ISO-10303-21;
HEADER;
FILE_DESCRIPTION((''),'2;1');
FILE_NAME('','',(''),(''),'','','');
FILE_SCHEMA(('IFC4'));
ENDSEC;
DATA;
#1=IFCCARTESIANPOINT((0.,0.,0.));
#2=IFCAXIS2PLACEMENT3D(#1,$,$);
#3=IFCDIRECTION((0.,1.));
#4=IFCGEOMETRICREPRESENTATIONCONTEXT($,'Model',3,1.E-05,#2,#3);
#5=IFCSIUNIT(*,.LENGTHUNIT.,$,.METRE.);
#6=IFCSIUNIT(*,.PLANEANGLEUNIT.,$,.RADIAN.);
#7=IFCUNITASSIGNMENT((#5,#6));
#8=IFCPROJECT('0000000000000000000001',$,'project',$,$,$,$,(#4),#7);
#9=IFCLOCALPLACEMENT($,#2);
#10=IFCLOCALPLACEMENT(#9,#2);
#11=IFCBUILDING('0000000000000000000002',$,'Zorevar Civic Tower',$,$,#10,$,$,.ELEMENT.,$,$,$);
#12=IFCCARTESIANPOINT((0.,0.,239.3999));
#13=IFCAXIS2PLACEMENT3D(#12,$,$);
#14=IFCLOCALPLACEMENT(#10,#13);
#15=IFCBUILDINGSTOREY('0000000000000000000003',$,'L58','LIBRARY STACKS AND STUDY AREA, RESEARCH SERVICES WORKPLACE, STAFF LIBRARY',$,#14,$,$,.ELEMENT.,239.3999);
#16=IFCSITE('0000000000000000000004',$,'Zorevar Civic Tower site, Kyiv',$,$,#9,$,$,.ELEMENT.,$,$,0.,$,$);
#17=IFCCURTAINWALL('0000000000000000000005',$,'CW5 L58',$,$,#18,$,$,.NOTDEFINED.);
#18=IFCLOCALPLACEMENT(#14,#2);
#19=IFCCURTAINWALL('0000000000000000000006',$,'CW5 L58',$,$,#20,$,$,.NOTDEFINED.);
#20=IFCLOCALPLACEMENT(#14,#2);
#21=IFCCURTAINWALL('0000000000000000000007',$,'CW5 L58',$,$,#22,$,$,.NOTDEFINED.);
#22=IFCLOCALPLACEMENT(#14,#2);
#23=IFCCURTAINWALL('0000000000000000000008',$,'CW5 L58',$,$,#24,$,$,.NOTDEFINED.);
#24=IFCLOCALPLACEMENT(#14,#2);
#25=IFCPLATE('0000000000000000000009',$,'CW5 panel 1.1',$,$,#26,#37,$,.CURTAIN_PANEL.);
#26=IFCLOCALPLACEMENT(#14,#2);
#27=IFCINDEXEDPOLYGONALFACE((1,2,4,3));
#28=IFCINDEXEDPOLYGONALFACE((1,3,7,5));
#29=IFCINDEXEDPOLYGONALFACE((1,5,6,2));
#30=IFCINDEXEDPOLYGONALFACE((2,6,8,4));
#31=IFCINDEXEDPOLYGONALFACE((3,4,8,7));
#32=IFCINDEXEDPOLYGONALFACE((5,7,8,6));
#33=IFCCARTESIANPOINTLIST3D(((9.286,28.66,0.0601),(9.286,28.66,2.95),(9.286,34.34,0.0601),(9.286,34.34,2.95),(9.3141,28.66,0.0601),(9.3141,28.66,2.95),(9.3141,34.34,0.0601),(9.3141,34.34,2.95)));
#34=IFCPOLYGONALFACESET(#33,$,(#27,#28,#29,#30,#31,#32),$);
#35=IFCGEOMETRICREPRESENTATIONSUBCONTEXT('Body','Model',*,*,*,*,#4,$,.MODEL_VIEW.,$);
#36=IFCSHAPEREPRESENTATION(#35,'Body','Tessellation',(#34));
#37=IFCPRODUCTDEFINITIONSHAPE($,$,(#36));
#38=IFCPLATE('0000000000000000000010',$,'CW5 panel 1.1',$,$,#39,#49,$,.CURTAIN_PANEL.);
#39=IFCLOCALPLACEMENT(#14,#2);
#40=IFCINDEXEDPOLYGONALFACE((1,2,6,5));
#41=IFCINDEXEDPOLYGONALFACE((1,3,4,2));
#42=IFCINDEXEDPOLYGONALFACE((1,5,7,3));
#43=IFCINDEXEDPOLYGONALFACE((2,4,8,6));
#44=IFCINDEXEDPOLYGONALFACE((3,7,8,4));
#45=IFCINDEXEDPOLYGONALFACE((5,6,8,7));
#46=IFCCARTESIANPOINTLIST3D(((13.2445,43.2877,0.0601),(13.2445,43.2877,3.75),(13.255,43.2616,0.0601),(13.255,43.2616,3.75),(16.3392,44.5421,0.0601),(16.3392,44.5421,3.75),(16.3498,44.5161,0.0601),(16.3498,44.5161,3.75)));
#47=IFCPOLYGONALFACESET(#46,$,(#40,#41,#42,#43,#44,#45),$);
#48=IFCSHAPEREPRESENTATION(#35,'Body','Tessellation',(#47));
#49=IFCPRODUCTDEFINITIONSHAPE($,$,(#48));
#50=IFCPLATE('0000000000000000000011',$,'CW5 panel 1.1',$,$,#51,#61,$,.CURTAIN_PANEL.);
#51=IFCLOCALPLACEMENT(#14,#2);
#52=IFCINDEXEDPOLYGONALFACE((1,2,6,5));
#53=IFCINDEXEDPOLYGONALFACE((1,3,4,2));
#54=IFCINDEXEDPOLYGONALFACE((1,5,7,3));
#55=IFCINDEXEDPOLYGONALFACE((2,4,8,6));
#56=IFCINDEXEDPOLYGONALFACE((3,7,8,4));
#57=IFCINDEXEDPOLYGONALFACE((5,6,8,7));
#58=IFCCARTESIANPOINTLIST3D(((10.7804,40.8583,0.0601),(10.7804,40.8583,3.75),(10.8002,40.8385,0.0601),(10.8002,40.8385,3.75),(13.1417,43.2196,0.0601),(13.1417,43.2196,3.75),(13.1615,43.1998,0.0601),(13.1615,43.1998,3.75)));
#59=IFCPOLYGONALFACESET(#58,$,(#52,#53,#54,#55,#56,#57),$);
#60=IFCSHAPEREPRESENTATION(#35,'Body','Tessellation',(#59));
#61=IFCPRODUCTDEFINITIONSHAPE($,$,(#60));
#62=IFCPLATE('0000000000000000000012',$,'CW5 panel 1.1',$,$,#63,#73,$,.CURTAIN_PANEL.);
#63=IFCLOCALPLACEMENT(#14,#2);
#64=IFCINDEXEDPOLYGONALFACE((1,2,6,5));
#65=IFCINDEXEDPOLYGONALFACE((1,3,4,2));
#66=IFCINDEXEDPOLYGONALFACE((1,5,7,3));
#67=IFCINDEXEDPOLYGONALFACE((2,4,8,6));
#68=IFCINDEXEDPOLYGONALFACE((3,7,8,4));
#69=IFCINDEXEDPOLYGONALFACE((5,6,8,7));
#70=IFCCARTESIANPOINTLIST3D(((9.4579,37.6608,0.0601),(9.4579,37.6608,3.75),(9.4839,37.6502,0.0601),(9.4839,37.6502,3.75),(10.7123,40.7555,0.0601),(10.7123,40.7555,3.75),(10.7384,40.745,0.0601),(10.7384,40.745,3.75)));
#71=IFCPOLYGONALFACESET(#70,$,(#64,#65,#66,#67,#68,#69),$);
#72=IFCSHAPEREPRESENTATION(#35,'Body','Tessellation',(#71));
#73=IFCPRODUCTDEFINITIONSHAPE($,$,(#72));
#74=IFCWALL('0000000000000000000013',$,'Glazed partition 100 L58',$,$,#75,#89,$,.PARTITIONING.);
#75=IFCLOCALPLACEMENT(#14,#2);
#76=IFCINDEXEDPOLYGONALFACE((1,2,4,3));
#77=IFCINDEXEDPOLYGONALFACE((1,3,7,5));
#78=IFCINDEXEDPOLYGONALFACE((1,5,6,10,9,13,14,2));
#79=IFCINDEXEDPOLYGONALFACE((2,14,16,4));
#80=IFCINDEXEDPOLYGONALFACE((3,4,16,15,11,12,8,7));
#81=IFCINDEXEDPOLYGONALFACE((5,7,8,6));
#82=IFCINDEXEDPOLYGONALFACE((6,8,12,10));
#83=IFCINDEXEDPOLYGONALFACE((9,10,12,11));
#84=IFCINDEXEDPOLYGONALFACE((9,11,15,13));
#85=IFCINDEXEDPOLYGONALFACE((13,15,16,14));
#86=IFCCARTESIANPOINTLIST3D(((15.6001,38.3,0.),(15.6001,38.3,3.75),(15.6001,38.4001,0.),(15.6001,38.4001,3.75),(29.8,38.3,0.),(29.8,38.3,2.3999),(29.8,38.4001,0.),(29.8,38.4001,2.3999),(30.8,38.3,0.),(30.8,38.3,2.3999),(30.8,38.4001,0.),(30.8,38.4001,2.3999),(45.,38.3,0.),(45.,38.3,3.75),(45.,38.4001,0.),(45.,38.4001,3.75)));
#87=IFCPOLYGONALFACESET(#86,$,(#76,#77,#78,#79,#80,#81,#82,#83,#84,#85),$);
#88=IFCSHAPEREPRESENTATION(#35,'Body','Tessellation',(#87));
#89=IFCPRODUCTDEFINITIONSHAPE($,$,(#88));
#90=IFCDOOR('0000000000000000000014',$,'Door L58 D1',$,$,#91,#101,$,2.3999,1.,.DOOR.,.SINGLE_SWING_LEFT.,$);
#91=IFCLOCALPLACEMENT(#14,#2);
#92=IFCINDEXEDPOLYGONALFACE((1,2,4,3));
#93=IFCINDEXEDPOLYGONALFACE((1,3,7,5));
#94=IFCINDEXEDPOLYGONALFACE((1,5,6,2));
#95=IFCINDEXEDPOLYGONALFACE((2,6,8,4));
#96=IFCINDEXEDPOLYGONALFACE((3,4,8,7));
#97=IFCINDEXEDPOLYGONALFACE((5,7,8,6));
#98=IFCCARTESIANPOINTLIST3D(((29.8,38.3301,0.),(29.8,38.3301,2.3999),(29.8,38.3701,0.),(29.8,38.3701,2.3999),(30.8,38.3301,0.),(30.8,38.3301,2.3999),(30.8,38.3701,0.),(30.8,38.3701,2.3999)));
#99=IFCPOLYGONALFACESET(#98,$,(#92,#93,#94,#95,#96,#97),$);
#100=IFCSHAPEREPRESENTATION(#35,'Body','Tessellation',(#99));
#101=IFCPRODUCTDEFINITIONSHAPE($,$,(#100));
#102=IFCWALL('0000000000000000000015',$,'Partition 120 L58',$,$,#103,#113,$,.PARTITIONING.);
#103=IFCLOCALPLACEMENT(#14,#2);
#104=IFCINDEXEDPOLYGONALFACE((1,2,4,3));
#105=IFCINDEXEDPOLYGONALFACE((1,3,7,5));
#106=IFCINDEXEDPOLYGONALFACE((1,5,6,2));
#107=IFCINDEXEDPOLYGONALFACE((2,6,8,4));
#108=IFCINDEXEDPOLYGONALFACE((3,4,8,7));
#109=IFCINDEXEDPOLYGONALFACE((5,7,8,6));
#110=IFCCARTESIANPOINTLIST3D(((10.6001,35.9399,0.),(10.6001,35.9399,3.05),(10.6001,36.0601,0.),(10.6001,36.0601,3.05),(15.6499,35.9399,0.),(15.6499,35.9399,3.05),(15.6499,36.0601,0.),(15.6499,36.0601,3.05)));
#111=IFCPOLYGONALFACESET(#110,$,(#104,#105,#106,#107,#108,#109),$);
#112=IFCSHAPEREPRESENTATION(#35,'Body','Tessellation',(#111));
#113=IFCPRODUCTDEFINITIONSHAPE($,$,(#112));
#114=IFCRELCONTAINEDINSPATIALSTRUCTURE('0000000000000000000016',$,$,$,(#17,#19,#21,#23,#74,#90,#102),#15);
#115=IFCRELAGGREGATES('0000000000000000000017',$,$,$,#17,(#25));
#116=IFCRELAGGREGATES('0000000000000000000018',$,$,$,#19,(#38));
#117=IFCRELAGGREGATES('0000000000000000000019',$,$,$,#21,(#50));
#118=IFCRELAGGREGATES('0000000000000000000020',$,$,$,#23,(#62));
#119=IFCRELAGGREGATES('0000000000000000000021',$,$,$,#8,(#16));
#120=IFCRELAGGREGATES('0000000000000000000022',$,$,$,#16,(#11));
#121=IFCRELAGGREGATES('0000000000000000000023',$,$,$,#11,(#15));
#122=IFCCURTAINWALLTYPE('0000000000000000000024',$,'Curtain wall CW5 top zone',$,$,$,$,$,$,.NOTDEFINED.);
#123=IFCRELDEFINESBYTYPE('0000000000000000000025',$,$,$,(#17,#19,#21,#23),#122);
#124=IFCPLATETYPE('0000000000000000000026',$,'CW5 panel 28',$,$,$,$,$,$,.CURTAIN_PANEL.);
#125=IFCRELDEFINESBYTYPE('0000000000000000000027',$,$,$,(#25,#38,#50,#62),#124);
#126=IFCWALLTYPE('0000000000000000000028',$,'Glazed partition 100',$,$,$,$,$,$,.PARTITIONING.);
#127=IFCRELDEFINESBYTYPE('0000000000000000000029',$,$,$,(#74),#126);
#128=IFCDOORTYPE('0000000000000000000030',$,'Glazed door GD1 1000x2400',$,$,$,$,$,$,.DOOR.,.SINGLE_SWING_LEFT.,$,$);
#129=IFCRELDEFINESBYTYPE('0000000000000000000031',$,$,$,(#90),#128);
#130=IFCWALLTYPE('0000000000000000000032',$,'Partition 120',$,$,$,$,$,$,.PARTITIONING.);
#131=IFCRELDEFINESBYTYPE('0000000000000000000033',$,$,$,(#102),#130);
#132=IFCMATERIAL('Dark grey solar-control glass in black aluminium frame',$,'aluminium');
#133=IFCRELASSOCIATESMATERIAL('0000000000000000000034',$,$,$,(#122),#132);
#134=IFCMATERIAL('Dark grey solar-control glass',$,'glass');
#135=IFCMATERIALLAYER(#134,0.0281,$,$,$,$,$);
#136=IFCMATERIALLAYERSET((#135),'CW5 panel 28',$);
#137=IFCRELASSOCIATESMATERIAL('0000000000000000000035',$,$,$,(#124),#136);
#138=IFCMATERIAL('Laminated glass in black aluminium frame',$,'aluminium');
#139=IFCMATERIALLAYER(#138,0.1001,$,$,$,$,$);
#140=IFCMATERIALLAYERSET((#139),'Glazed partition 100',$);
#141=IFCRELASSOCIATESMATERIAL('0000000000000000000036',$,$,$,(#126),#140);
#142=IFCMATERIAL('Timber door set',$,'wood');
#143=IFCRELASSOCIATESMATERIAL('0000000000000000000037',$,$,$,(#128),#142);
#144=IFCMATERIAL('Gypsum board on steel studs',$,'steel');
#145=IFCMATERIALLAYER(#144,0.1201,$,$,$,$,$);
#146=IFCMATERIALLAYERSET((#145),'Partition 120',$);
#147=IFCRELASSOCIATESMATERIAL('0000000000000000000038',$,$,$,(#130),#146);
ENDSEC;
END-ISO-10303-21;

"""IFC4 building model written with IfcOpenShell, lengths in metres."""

from ifc_helpers import new_model, si_unit, direction, frame, frame_2d, origin, origin_2d, place, context, subcontext, project, spatial, rectangle, extrude, material, layer, layer_set, type_object, element, fill, aggregate, save


model = new_model("IFC4")

# Units and contexts
model_context = context("Model", 3, precision=1e-05, world=origin(), true_north=direction((0.0, 1.0)))
body_context = subcontext(model_context, "Body", "Model", "MODEL_VIEW")
ifc_project = project(units=[si_unit("LENGTHUNIT", "METRE"), si_unit("PLANEANGLEUNIT", "RADIAN")], contexts=[model_context])

# Site, building, storey
site_placement = place(None, origin())
site = spatial("IfcSite", under=ifc_project, at=site_placement, Name="Zorevar Civic Tower site, Kyiv", CompositionType="ELEMENT", RefElevation=0.0)
building_placement = place(site_placement, origin())
building = spatial("IfcBuilding", under=site, at=building_placement, Name="Zorevar Civic Tower", CompositionType="ELEMENT")
storey_placement = place(building_placement, frame((0.0, 0.0, 239.3999)))
storey = spatial("IfcBuildingStorey", under=building, at=storey_placement, Name="L58", Description="LIBRARY STACKS AND STUDY AREA, RESEARCH SERVICES WORKPLACE, STAFF LIBRARY", CompositionType="ELEMENT", Elevation=239.3999)

# Curtain walls
ifc_material_1 = material(Name="Dark grey solar-control glass in black aluminium frame", Category="aluminium")
curtain_wall_type = type_object("IfcCurtainWallType", Name="Curtain wall CW5 top zone", PredefinedType="NOTDEFINED", material=ifc_material_1)
curtain_wall_1_placement = place(storey_placement, origin())
curtain_wall_1 = element("IfcCurtainWall", 1, at=curtain_wall_1_placement, inside=storey, type_object=curtain_wall_type, Name="CW5 L58", PredefinedType="NOTDEFINED")
curtain_wall_2_placement = place(storey_placement, origin())
curtain_wall_2 = element("IfcCurtainWall", 2, at=curtain_wall_2_placement, inside=storey, type_object=curtain_wall_type, Name="CW5 L58", PredefinedType="NOTDEFINED")

# Curtain walls
curtain_wall_3_placement = place(storey_placement, origin())
curtain_wall_3 = element("IfcCurtainWall", 3, at=curtain_wall_3_placement, inside=storey, type_object=curtain_wall_type, Name="CW5 L58", PredefinedType="NOTDEFINED")
curtain_wall_4_placement = place(storey_placement, origin())
curtain_wall_4 = element("IfcCurtainWall", 4, at=curtain_wall_4_placement, inside=storey, type_object=curtain_wall_type, Name="CW5 L58", PredefinedType="NOTDEFINED")

# Plates
ifc_material_2 = material(Name="Dark grey solar-control glass", Category="glass")
ifc_layer_1 = layer(ifc_material_2, 0.0281)
ifc_layer_set_1 = layer_set([ifc_layer_1], Name="CW5 panel 28")
plate_type = type_object("IfcPlateType", Name="CW5 panel 28", PredefinedType="CURTAIN_PANEL", material=ifc_layer_set_1)
plate_1_placement = place(storey_placement, frame((9.3, 31.5, 0.0601), z_axis=(0.0, 0.0, 1.0), x_axis=(0.0, 1.0, 0.0)))
plate_1 = element("IfcPlate", 5, at=plate_1_placement, type_object=plate_type, Name="CW5 panel 1.1", PredefinedType="CURTAIN_PANEL", context=body_context, shape_type="SweptSolid", body=[
    extrude(rectangle(XDim=5.6799, YDim=0.0281, at=origin_2d()), origin(), (0.0, 0.0, 1.0), 2.8899),
])
aggregate(curtain_wall_1, [plate_1])
plate_2_placement = place(storey_placement, frame((14.7971, 43.9019, 0.0601), z_axis=(0.0, 0.0, 1.0), x_axis=(-0.926762, -0.37565, 0.0)))
plate_2 = element("IfcPlate", 6, at=plate_2_placement, type_object=plate_type, Name="CW5 panel 1.1", PredefinedType="CURTAIN_PANEL", context=body_context, shape_type="SweptSolid", body=[
    extrude(rectangle(XDim=3.3394, YDim=0.0281, at=origin_2d()), origin(), (0.0, 0.0, 1.0), 3.6899),
])
aggregate(curtain_wall_2, [plate_2])
plate_3_placement = place(storey_placement, frame((11.9709, 42.0291, 0.0601), z_axis=(0.0, 0.0, 1.0), x_axis=(-0.707107, -0.707107, 0.0)))
plate_3 = element("IfcPlate", 7, at=plate_3_placement, type_object=plate_type, Name="CW5 panel 1.1", PredefinedType="CURTAIN_PANEL", context=body_context, shape_type="SweptSolid", body=[
    extrude(rectangle(XDim=3.3394, YDim=0.0281, at=origin_2d()), origin(), (0.0, 0.0, 1.0), 3.6899),
])
aggregate(curtain_wall_3, [plate_3])
plate_4_placement = place(storey_placement, frame((10.0981, 39.2029, 0.0601), z_axis=(0.0, 0.0, 1.0), x_axis=(-0.37565, -0.926762, 0.0)))
plate_4 = element("IfcPlate", 8, at=plate_4_placement, type_object=plate_type, Name="CW5 panel 1.1", PredefinedType="CURTAIN_PANEL", context=body_context, shape_type="SweptSolid", body=[
    extrude(rectangle(XDim=3.3394, YDim=0.0281, at=origin_2d()), origin(), (0.0, 0.0, 1.0), 3.6899),
])
aggregate(curtain_wall_4, [plate_4])

# Wall, opening, door
ifc_material_3 = material(Name="Laminated glass in black aluminium frame", Category="aluminium")
ifc_layer_2 = layer(ifc_material_3, 0.1001)
ifc_layer_set_2 = layer_set([ifc_layer_2], Name="Glazed partition 100")
wall_type_1 = type_object("IfcWallType", Name="Glazed partition 100", PredefinedType="PARTITIONING", material=ifc_layer_set_2)
wall_1_placement = place(storey_placement, frame((15.6001, 38.3501, 0.0), z_axis=(0.0, 0.0, 1.0), x_axis=(1.0, 0.0, 0.0)))
wall_1 = element("IfcWall", 9, at=wall_1_placement, inside=storey, type_object=wall_type_1, Name="Glazed partition 100 L58", PredefinedType="PARTITIONING", context=body_context, shape_type="SweptSolid", body=[
    extrude(rectangle(XDim=29.3999, YDim=0.1001, at=frame_2d((14.7, 0.0))), origin(), (0.0, 0.0, 1.0), 3.75),
])
opening_placement = place(wall_1_placement, frame((14.2, 0.0, 0.0)))
opening = element("IfcOpeningElement", 10, at=opening_placement, cuts=wall_1, PredefinedType="OPENING", context=body_context, shape_type="SweptSolid", body=[
    extrude(rectangle(XDim=1.0, YDim=2.3999, at=frame_2d((0.5, 1.2))), frame((0.0, 0.0601, 0.0), z_axis=(0.0, -1.0, 0.0), x_axis=(1.0, 0.0, 0.0)), (0.0, 0.0, 1.0), 0.1201),
])
ifc_material_4 = material(Name="Timber door set", Category="wood")
door_type = type_object("IfcDoorType", Name="Glazed door GD1 1000x2400", OperationType="SINGLE_SWING_LEFT", PredefinedType="DOOR", material=ifc_material_4)
door_placement = place(opening_placement, origin())
door = element("IfcDoor", 11, at=door_placement, inside=storey, type_object=door_type, Name="Door L58 D1", OperationType="SINGLE_SWING_LEFT", OverallHeight=2.3999, OverallWidth=1.0, PredefinedType="DOOR", context=body_context, shape_type="SweptSolid", body=[
    extrude(rectangle(XDim=1.0, YDim=2.3999, at=frame_2d((0.5, 1.2))), frame((0.0, 0.02, 0.0), z_axis=(0.0, -1.0, 0.0), x_axis=(1.0, 0.0, 0.0)), (0.0, 0.0, 1.0), 0.04),
])
fill(opening, door)

# Wall
ifc_material_5 = material(Name="Gypsum board on steel studs", Category="steel")
ifc_layer_3 = layer(ifc_material_5, 0.1201)
ifc_layer_set_3 = layer_set([ifc_layer_3], Name="Partition 120")
wall_type_2 = type_object("IfcWallType", Name="Partition 120", PredefinedType="PARTITIONING", material=ifc_layer_set_3)
wall_2_placement = place(storey_placement, frame((10.6001, 36.0, 0.0), z_axis=(0.0, 0.0, 1.0), x_axis=(1.0, 0.0, 0.0)))
element("IfcWall", 12, at=wall_2_placement, inside=storey, type_object=wall_type_2, Name="Partition 120 L58", PredefinedType="PARTITIONING", context=body_context, shape_type="SweptSolid", body=[
    extrude(rectangle(XDim=5.0498, YDim=0.1201, at=frame_2d((2.5249, 0.0))), origin(), (0.0, 0.0, 1.0), 3.05),
])

save(model, "model.ifc")
